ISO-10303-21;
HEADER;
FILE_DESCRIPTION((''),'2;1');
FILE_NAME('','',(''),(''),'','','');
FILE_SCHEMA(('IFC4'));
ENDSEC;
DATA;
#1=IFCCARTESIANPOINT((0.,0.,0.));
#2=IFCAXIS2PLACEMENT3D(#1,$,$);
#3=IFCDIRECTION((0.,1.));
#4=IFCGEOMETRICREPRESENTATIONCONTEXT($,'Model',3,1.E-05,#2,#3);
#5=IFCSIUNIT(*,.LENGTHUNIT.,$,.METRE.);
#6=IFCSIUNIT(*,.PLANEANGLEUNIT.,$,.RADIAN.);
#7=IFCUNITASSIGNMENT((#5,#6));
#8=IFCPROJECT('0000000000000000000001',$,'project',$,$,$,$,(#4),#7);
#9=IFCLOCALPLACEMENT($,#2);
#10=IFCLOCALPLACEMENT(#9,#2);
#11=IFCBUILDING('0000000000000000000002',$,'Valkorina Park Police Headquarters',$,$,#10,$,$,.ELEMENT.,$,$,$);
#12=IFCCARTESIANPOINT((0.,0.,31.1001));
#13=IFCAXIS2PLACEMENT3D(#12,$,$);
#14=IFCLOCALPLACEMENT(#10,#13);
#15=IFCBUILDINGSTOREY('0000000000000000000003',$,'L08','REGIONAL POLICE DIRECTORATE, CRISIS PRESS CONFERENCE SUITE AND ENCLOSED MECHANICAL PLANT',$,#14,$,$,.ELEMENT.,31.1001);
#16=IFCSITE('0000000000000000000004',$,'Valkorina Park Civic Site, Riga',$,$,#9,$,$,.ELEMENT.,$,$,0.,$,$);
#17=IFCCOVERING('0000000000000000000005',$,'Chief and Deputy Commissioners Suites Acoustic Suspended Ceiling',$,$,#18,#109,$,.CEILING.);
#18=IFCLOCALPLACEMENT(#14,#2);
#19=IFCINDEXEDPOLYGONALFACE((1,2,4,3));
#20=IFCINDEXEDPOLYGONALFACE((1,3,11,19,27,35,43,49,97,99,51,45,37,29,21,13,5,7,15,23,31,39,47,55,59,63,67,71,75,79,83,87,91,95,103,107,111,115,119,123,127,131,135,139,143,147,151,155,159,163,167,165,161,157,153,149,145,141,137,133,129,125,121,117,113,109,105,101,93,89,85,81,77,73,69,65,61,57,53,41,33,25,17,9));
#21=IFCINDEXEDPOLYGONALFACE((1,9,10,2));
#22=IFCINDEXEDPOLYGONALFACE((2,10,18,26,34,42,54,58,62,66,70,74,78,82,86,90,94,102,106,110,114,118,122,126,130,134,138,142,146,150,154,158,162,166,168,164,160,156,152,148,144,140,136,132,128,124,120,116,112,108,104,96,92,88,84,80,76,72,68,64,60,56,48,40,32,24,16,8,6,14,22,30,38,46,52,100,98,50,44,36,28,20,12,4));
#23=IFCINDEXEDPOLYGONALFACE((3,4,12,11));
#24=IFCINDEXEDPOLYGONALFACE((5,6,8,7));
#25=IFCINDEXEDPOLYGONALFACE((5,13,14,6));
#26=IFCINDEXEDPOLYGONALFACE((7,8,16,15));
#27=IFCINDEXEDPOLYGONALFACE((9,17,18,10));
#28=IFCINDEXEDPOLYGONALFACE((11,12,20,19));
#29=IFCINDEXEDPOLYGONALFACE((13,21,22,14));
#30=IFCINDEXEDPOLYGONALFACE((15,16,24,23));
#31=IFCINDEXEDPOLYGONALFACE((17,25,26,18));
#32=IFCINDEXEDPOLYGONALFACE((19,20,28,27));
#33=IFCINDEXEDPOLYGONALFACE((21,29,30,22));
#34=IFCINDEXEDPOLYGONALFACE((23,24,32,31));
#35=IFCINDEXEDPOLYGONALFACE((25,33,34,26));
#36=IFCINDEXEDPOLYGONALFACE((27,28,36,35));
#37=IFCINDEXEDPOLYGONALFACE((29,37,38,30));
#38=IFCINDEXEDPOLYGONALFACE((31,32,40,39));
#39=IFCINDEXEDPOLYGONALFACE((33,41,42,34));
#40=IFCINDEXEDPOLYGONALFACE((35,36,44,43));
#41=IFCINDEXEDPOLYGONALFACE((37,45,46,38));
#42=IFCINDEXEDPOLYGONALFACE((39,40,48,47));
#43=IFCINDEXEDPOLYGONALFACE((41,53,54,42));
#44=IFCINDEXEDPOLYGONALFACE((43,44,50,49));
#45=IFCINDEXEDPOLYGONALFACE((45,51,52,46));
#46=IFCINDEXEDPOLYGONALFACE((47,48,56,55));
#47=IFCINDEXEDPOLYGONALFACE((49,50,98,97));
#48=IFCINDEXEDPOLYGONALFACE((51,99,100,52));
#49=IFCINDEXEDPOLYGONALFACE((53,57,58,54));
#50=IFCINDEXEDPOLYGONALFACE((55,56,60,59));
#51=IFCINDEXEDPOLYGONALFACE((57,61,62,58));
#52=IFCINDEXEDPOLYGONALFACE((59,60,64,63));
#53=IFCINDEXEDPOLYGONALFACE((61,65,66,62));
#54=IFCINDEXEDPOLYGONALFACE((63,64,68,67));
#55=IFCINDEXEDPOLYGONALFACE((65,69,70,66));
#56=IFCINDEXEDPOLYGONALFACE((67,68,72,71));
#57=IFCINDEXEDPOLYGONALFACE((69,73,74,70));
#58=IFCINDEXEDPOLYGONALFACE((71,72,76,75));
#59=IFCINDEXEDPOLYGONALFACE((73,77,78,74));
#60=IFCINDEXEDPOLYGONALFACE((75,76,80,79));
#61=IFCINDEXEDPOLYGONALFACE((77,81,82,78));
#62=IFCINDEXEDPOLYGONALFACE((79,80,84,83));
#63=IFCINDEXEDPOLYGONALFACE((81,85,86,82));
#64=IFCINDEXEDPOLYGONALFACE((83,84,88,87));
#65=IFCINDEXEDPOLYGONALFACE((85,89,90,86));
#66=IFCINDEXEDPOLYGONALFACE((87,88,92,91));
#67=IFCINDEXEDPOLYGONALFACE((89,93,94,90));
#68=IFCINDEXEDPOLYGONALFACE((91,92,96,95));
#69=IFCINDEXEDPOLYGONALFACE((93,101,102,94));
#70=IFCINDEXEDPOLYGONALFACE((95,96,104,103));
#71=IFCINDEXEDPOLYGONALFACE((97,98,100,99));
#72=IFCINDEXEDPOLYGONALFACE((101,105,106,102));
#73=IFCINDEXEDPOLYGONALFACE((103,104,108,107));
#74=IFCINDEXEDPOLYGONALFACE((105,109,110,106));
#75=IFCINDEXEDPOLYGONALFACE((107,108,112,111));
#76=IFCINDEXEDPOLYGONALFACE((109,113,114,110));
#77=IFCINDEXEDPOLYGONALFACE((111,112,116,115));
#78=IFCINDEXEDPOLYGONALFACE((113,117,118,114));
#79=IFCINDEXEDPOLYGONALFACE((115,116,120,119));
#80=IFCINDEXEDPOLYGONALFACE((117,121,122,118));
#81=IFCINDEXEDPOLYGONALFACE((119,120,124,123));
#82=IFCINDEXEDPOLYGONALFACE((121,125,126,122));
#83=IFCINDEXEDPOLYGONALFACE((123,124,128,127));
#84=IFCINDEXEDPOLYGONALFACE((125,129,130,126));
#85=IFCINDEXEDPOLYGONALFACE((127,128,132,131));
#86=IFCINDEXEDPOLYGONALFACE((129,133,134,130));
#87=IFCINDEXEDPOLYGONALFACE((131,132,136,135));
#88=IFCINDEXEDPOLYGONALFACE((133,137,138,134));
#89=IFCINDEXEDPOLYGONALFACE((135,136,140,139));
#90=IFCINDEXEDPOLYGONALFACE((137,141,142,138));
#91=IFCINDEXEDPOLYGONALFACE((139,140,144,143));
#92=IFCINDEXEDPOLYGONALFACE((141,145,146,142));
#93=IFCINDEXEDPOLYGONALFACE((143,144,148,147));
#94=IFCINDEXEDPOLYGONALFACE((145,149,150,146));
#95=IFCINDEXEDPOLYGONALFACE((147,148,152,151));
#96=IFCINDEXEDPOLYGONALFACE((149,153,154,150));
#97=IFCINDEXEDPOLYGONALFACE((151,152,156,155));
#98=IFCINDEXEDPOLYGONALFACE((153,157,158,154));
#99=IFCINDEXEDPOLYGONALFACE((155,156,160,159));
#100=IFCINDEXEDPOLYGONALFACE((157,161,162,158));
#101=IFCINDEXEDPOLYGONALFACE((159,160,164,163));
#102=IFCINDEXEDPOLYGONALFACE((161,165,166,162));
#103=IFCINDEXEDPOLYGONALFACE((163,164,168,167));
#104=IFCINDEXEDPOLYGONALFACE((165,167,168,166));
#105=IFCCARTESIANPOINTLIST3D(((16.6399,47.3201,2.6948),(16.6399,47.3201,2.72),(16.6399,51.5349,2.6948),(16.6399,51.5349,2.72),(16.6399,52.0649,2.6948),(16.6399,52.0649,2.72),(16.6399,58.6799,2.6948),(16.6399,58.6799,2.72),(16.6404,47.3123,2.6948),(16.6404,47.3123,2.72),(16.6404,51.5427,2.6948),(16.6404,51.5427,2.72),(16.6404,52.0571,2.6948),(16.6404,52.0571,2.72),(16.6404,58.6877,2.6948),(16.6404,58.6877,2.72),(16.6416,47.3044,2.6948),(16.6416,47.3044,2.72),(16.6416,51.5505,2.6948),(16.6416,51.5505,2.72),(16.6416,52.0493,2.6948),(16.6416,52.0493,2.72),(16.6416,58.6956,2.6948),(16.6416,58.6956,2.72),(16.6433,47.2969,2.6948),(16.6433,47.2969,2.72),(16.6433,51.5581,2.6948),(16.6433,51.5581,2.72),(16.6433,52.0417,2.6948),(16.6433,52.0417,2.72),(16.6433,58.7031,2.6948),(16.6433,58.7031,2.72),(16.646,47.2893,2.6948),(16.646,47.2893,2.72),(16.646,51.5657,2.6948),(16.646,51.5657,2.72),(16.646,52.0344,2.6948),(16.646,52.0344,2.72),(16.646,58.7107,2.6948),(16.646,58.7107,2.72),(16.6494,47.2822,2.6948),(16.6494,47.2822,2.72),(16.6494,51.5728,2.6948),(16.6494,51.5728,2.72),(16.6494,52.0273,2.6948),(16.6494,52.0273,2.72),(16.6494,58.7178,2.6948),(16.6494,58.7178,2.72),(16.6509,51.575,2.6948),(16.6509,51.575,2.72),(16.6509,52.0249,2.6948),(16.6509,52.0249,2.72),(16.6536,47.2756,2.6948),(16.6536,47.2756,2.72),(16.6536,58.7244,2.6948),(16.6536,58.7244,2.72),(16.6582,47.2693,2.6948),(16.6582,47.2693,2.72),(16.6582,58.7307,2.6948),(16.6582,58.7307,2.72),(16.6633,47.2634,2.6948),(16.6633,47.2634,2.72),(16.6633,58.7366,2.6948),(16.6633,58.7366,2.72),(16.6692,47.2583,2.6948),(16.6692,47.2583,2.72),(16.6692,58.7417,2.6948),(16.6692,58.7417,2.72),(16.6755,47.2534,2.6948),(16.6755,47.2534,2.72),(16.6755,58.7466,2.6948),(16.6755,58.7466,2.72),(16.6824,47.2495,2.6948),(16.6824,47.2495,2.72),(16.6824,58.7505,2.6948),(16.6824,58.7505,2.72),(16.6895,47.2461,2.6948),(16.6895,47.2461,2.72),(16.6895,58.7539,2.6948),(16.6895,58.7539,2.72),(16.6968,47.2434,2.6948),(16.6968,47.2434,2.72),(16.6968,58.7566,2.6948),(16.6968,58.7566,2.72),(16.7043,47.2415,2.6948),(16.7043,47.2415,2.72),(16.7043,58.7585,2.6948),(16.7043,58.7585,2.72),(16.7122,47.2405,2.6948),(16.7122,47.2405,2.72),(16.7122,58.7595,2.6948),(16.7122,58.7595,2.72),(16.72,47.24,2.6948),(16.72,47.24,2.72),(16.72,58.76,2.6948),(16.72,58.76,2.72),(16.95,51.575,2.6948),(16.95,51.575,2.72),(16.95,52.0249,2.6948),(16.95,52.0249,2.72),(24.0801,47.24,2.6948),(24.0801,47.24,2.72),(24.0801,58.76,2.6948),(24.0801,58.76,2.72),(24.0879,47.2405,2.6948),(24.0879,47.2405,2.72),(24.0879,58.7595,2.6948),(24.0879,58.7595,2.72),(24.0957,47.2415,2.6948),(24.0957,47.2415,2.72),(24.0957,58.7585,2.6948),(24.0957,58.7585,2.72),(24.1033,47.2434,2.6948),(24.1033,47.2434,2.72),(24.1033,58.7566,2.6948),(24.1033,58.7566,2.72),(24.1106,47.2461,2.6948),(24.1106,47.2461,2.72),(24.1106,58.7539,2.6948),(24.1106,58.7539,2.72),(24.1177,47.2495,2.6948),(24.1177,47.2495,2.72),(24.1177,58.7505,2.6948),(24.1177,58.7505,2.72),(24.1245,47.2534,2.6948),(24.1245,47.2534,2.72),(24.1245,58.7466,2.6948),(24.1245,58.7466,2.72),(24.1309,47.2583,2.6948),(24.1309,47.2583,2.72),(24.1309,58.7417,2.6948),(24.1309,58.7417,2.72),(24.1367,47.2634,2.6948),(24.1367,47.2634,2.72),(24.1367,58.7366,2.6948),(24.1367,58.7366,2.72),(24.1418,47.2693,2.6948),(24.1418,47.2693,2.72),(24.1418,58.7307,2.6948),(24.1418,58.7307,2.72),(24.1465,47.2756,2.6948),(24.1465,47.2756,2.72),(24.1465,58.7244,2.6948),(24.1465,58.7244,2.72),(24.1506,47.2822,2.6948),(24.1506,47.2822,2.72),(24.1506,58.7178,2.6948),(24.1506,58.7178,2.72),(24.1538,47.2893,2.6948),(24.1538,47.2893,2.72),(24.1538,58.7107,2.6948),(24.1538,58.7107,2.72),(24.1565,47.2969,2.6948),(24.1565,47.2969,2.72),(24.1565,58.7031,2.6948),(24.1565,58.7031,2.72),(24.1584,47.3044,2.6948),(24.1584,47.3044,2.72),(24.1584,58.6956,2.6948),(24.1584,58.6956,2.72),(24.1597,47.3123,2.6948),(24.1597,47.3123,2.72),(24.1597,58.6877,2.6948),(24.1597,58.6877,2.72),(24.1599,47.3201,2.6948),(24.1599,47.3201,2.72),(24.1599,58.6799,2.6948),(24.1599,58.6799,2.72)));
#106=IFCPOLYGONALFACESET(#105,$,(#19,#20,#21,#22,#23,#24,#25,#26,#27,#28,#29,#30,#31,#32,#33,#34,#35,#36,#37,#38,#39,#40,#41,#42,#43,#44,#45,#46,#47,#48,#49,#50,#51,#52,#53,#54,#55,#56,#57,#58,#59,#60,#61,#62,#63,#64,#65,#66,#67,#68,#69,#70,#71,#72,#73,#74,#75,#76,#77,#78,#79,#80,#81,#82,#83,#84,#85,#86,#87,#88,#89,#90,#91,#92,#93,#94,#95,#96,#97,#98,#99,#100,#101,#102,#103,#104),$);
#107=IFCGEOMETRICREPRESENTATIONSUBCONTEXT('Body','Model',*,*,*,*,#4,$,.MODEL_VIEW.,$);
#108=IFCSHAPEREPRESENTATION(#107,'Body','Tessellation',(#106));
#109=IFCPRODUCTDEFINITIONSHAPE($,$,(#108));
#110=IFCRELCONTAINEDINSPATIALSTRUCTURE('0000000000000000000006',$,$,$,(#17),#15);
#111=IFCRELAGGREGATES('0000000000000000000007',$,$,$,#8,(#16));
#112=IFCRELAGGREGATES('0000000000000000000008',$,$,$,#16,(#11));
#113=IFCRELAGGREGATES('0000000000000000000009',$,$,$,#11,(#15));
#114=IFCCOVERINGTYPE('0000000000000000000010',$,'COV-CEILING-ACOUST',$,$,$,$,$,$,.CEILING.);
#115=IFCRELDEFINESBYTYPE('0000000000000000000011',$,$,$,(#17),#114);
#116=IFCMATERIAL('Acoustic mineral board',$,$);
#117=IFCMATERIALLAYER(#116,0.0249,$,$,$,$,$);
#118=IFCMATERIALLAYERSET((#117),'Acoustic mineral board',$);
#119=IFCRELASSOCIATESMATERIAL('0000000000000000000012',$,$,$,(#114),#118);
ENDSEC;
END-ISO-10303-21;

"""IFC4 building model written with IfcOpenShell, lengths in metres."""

from ifc_helpers import new_model, si_unit, direction, frame, origin, place, context, subcontext, project, spatial, polyline, outline, extrude, material, layer, layer_set, type_object, element, save


model = new_model("IFC4")

# Units and contexts
model_context = context("Model", 3, precision=1e-05, world=origin(), true_north=direction((0.0, 1.0)))
body_context = subcontext(model_context, "Body", "Model", "MODEL_VIEW")
ifc_project = project(units=[si_unit("LENGTHUNIT", "METRE"), si_unit("PLANEANGLEUNIT", "RADIAN")], contexts=[model_context])

# Site, building, storey
site_placement = place(None, origin())
site = spatial("IfcSite", under=ifc_project, at=site_placement, Name="Valkorina Park Civic Site, Riga", CompositionType="ELEMENT", RefElevation=0.0)
building_placement = place(site_placement, origin())
building = spatial("IfcBuilding", under=site, at=building_placement, Name="Valkorina Park Police Headquarters", CompositionType="ELEMENT")
storey_placement = place(building_placement, frame((0.0, 0.0, 31.1001)))
storey = spatial("IfcBuildingStorey", under=building, at=storey_placement, Name="L08", Description="REGIONAL POLICE DIRECTORATE, CRISIS PRESS CONFERENCE SUITE AND ENCLOSED MECHANICAL PLANT", CompositionType="ELEMENT", Elevation=31.1001)

# Covering
ifc_material_1 = material(Name="Acoustic mineral board")
ifc_layer_1 = layer(ifc_material_1, 0.0249)
ifc_layer_set_1 = layer_set([ifc_layer_1], Name="Acoustic mineral board")
covering_type_1 = type_object("IfcCoveringType", Name="COV-CEILING-ACOUST", PredefinedType="CEILING", material=ifc_layer_set_1)
covering_1_placement = place(storey_placement, frame((0.0, 0.0, 2.6948)))
element("IfcCovering", 1, at=covering_1_placement, inside=storey, type_object=covering_type_1, Name="Chief and Deputy Commissioners Suites Acoustic Suspended Ceiling", PredefinedType="CEILING", context=body_context, shape_type="SweptSolid", body=[
    extrude(outline(polyline([(24.0957, 58.7585), (24.0879, 58.7595), (24.0801, 58.76), (16.72, 58.76), (16.7122, 58.7595), (16.7043, 58.7585), (16.6968, 58.7566), (16.6895, 58.7539), (16.6824, 58.7505), (16.6755, 58.7466), (16.6692, 58.7417), (16.6633, 58.7366), (16.6582, 58.7307), (16.6536, 58.7244), (16.6494, 58.7178), (16.646, 58.7107), (16.6433, 58.7031), (16.6416, 58.6956), (16.6404, 58.6877), (16.6399, 58.6799), (16.6399, 52.0649), (16.6404, 52.0571), (16.6416, 52.0493), (16.6433, 52.0417), (16.646, 52.0344), (16.6494, 52.0273), (16.6509, 52.0249), (16.95, 52.0249), (16.95, 51.575), (16.6509, 51.575), (16.6494, 51.5728), (16.646, 51.5657), (16.6433, 51.5581), (16.6416, 51.5505), (16.6404, 51.5427), (16.6399, 51.5349), (16.6399, 47.3201), (16.6404, 47.3123), (16.6416, 47.3044), (16.6433, 47.2969), (16.646, 47.2893), (16.6494, 47.2822), (16.6536, 47.2756), (16.6582, 47.2693), (16.6633, 47.2634), (16.6692, 47.2583), (16.6755, 47.2534), (16.6824, 47.2495), (16.6895, 47.2461), (16.6968, 47.2434), (16.7043, 47.2415), (16.7122, 47.2405), (16.72, 47.24), (24.0801, 47.24), (24.0879, 47.2405), (24.0957, 47.2415), (24.1033, 47.2434), (24.1106, 47.2461), (24.1177, 47.2495), (24.1245, 47.2534), (24.1309, 47.2583), (24.1367, 47.2634), (24.1418, 47.2693), (24.1465, 47.2756), (24.1506, 47.2822), (24.1538, 47.2893), (24.1565, 47.2969), (24.1584, 47.3044), (24.1597, 47.3123), (24.1599, 47.3201), (24.1599, 58.6799), (24.1597, 58.6877), (24.1584, 58.6956), (24.1565, 58.7031), (24.1538, 58.7107), (24.1506, 58.7178), (24.1465, 58.7244), (24.1418, 58.7307), (24.1367, 58.7366), (24.1309, 58.7417), (24.1245, 58.7466), (24.1177, 58.7505), (24.1106, 58.7539), (24.1033, 58.7566), (24.0957, 58.7585)])), origin(), (0.0, 0.0, 1.0), 0.0251),
])

save(model, "model.ifc")
